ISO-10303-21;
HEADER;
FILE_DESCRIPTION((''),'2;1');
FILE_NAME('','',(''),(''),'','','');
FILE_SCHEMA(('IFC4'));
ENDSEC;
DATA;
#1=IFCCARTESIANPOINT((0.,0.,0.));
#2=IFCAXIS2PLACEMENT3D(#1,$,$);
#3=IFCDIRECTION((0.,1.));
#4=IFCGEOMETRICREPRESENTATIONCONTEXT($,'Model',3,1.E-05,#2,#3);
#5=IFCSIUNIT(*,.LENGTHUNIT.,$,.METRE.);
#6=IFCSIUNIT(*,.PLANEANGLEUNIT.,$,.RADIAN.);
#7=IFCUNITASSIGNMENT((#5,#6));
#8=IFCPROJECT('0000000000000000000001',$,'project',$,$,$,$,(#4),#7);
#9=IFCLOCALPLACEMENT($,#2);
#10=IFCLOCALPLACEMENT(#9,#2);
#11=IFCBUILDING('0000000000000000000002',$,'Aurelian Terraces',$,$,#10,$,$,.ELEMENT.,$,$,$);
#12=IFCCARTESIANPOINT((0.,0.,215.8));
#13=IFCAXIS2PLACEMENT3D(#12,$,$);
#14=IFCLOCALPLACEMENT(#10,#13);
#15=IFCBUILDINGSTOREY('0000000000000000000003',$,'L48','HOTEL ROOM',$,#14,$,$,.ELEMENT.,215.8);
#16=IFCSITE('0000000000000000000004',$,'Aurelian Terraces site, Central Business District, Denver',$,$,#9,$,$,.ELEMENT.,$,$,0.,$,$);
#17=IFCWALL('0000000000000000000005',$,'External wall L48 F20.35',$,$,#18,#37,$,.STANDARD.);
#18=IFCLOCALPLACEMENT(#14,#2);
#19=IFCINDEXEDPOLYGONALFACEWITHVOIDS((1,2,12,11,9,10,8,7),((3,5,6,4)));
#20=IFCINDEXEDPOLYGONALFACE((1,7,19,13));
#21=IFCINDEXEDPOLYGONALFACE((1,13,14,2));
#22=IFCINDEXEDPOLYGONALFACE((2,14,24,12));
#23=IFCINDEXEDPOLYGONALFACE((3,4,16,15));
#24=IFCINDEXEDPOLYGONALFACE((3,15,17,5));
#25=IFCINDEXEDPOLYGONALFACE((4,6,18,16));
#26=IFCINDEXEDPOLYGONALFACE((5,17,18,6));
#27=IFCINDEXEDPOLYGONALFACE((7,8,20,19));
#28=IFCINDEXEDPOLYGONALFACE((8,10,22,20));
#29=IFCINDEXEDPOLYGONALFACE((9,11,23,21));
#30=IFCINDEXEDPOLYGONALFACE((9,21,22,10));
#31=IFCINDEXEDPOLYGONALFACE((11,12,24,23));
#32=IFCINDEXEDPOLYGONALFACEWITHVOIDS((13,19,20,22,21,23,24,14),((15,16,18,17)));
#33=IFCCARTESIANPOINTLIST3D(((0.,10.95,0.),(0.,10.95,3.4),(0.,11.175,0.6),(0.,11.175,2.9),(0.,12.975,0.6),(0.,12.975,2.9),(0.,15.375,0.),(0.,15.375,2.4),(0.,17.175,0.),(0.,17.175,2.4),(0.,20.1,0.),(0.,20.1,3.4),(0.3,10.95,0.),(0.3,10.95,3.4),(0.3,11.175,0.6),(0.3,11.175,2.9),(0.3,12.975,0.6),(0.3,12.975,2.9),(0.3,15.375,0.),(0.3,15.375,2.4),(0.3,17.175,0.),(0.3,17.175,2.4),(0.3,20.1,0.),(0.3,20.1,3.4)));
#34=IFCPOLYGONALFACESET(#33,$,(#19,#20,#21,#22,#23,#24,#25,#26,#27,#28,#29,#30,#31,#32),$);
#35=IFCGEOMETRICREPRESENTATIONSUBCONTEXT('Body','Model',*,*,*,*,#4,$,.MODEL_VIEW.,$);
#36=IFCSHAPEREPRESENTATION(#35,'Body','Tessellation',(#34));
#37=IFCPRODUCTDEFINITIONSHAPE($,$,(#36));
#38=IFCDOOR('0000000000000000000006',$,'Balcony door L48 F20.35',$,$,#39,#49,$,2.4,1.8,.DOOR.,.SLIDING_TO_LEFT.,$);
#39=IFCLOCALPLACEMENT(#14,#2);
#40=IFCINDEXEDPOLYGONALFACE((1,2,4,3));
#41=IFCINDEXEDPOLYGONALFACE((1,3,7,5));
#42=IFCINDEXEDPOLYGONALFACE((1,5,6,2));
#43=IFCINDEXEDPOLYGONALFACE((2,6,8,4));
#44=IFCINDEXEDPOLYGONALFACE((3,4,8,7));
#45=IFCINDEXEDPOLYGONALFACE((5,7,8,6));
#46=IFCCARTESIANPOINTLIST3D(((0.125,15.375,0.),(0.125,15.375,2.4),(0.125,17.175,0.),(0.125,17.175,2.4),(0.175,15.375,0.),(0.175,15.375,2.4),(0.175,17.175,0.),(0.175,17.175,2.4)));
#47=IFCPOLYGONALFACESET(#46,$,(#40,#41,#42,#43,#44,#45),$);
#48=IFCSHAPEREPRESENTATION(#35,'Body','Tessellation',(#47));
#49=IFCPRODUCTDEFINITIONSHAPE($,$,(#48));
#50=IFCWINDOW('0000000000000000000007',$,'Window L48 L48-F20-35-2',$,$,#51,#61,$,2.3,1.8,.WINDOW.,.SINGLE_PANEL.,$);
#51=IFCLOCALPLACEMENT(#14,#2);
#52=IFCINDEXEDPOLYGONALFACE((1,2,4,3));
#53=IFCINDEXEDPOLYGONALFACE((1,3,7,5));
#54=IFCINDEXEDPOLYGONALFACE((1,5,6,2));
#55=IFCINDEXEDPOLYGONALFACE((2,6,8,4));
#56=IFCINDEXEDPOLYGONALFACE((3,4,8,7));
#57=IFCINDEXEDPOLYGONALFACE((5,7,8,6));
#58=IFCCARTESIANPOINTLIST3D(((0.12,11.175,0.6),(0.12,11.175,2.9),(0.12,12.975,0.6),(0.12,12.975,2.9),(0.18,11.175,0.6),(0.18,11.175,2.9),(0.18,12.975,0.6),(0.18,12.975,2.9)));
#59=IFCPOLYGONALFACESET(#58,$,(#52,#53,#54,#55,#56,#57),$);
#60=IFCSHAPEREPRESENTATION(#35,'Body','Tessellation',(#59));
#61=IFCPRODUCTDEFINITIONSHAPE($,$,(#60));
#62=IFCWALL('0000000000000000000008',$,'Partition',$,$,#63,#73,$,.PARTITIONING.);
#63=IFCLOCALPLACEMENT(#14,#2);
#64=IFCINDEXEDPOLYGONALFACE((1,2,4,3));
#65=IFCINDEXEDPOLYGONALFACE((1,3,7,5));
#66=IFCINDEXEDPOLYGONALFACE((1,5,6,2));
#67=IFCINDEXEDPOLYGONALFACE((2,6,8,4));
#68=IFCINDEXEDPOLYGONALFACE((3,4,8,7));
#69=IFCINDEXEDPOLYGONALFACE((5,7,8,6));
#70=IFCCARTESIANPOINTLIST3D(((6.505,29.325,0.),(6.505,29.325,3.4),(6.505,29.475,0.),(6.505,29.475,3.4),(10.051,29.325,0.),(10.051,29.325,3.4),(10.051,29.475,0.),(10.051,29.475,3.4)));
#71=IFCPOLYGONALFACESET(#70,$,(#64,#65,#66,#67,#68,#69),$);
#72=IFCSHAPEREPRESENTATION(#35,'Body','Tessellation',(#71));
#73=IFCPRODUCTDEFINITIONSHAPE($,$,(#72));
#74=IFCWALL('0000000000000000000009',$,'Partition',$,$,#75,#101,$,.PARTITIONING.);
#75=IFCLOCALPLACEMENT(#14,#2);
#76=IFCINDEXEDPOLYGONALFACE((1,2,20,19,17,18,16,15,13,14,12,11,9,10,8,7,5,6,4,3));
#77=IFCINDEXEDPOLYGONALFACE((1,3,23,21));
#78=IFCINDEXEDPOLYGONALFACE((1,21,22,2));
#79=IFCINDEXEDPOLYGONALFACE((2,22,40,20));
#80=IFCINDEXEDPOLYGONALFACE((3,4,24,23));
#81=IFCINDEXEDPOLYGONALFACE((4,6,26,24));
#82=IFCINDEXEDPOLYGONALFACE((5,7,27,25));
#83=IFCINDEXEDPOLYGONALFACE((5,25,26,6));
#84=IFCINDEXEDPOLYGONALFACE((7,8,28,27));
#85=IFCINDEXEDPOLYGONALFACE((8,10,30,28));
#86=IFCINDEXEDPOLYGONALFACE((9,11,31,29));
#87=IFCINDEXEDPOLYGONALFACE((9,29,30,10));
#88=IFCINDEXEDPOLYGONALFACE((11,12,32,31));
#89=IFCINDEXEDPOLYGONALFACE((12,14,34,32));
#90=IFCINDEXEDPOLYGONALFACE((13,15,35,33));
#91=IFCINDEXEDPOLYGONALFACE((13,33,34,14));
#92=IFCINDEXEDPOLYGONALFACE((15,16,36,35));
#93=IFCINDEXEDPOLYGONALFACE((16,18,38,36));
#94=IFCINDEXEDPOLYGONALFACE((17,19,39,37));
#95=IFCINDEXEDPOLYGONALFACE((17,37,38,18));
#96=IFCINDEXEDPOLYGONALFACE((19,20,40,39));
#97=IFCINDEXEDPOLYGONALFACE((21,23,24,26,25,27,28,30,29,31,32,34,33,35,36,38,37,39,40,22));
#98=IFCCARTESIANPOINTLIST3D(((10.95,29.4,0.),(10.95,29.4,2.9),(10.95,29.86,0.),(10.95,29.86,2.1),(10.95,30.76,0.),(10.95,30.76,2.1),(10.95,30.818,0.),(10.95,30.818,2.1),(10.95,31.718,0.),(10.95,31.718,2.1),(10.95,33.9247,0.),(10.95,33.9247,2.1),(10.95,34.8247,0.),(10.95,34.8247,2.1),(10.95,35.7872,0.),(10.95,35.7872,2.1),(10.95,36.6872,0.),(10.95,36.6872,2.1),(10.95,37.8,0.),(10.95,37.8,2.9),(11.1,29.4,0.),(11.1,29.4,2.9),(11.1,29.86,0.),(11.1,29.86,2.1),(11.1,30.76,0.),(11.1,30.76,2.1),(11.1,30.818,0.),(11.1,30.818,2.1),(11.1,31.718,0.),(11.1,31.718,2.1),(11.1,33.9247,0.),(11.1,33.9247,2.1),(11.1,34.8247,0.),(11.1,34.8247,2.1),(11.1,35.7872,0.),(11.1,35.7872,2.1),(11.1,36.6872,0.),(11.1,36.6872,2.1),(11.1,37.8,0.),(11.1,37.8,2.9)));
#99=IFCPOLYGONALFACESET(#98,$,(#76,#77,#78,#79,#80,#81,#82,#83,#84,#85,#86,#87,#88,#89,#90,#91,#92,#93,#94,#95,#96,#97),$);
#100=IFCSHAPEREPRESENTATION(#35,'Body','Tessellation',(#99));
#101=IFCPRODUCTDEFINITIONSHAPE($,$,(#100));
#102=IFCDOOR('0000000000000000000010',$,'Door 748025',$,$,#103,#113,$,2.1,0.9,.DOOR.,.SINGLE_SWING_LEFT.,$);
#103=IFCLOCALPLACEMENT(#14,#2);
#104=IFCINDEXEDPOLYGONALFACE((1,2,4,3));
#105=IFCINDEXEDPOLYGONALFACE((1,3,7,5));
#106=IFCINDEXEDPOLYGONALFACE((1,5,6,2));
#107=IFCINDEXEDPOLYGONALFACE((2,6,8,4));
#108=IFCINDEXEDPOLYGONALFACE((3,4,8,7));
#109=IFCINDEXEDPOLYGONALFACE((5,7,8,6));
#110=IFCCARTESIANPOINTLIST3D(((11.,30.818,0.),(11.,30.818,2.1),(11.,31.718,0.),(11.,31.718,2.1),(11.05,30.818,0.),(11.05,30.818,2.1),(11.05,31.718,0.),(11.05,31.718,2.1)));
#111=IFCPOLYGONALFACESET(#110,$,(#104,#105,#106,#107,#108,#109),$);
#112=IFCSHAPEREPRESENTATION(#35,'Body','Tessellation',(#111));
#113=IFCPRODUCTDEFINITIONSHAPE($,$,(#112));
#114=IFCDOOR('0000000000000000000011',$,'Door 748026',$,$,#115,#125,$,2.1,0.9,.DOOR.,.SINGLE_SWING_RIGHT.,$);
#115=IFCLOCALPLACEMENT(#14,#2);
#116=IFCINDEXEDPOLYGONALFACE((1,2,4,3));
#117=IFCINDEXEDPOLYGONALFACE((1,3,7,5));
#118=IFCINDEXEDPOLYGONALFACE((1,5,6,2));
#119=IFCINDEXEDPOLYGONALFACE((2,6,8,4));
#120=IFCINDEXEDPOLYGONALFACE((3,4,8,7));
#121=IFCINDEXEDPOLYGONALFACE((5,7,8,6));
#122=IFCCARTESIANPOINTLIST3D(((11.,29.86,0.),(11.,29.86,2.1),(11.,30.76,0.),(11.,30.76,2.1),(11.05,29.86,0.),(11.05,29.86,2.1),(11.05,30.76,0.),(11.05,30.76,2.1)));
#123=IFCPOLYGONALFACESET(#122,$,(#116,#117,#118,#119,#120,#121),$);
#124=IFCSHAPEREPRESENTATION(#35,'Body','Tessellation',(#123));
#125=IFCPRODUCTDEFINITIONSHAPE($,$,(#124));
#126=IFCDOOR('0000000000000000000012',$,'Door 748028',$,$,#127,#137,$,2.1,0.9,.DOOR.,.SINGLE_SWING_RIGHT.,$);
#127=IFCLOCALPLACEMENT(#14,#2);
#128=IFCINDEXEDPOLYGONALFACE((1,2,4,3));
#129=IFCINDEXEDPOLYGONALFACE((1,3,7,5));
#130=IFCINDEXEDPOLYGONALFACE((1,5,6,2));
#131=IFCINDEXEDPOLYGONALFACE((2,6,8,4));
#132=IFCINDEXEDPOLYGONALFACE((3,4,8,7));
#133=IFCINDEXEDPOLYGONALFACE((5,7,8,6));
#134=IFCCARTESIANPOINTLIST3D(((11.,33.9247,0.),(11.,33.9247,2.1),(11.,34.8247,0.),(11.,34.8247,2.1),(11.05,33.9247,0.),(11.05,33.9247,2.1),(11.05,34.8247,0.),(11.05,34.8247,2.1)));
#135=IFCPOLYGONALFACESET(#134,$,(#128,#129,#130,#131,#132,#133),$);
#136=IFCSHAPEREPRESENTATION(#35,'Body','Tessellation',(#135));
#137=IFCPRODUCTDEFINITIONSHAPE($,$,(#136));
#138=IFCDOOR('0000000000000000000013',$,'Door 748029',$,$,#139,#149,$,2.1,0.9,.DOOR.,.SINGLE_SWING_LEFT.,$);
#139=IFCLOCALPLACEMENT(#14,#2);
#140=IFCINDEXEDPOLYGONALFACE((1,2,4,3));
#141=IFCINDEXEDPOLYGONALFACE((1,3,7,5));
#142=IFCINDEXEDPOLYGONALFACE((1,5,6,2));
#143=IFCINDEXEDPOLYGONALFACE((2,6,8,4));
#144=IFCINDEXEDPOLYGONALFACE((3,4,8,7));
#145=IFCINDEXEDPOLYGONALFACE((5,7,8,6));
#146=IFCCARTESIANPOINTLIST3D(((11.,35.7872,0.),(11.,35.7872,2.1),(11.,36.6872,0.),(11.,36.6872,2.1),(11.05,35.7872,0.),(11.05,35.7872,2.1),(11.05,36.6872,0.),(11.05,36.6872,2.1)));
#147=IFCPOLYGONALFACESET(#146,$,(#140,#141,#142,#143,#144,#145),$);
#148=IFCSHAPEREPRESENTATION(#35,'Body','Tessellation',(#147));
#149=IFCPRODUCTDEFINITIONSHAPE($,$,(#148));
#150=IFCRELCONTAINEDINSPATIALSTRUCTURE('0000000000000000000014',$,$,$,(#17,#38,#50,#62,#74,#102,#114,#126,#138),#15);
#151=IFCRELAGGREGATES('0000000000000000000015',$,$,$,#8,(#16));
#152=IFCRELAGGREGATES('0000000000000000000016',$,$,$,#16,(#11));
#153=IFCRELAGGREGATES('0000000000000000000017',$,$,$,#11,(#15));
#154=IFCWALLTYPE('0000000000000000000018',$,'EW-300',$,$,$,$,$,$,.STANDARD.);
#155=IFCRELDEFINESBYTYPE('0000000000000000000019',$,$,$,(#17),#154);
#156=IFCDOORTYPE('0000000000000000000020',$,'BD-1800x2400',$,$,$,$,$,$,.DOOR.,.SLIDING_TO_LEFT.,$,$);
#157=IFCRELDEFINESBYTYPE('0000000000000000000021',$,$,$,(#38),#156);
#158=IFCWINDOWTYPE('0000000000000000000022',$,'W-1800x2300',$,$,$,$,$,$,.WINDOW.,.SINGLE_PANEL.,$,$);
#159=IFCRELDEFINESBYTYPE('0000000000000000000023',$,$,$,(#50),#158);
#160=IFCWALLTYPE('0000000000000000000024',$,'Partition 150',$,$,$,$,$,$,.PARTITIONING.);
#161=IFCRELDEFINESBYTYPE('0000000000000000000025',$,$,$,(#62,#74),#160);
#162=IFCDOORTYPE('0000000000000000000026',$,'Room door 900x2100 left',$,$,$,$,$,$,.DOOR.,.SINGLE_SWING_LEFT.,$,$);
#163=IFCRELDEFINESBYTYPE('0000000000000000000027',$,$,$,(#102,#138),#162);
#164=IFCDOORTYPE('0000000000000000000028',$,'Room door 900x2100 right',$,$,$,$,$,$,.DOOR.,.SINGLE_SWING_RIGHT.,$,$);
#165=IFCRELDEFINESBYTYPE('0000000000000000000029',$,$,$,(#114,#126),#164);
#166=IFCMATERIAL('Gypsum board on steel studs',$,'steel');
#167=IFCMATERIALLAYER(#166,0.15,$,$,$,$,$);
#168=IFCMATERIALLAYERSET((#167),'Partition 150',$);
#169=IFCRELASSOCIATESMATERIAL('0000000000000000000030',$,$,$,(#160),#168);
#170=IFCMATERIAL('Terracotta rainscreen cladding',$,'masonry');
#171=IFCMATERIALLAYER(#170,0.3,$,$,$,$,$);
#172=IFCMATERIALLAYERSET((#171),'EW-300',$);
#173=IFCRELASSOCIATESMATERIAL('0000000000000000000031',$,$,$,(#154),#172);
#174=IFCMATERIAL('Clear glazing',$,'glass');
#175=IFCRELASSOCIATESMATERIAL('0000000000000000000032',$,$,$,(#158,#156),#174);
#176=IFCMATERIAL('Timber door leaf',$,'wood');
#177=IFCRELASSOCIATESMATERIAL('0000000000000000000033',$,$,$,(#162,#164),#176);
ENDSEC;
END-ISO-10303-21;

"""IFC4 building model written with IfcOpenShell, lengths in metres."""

from ifc_helpers import new_model, si_unit, direction, frame, frame_2d, origin, place, context, subcontext, project, spatial, rectangle, extrude, source, transform, mapped, material, layer, layer_set, type_object, element, fill, save


model = new_model("IFC4")

# Units and contexts
model_context = context("Model", 3, precision=1e-05, world=origin(), true_north=direction((0.0, 1.0)))
body_context = subcontext(model_context, "Body", "Model", "MODEL_VIEW")
ifc_project = project(units=[si_unit("LENGTHUNIT", "METRE"), si_unit("PLANEANGLEUNIT", "RADIAN")], contexts=[model_context])

# Site, building, storey
site_placement = place(None, origin())
site = spatial("IfcSite", under=ifc_project, at=site_placement, Name="Aurelian Terraces site, Central Business District, Denver", CompositionType="ELEMENT", RefElevation=0.0)
building_placement = place(site_placement, origin())
building = spatial("IfcBuilding", under=site, at=building_placement, Name="Aurelian Terraces", CompositionType="ELEMENT")
storey_placement = place(building_placement, frame((0.0, 0.0, 215.8)))
storey = spatial("IfcBuildingStorey", under=building, at=storey_placement, Name="L48", Description="HOTEL ROOM", CompositionType="ELEMENT", Elevation=215.8)

# Shared definitions
ifc_material_1 = material(Name="Gypsum board on steel studs", Category="steel")
ifc_layer_1 = layer(ifc_material_1, 0.15)
ifc_layer_set_1 = layer_set([ifc_layer_1], Name="Partition 150")
wall_type_1 = type_object("IfcWallType", Name="Partition 150", PredefinedType="PARTITIONING", material=ifc_layer_set_1)

# Shared definitions
ifc_material_2 = material(Name="Terracotta rainscreen cladding", Category="masonry")
ifc_layer_2 = layer(ifc_material_2, 0.3)
ifc_layer_set_2 = layer_set([ifc_layer_2], Name="EW-300")
wall_type_2 = type_object("IfcWallType", Name="EW-300", PredefinedType="STANDARD", material=ifc_layer_set_2)
shared_shape_1 = source(origin(), body_context, "Body", "SweptSolid", [
    extrude(rectangle(XDim=1.8, YDim=2.3, at=frame_2d((0.9, 1.15))), frame((0.0, 0.16, 0.0), z_axis=(0.0, -1.0, 0.0), x_axis=(1.0, 0.0, 0.0)), (0.0, 0.0, 1.0), 0.32),
])
ifc_material_3 = material(Name="Clear glazing", Category="glass")
window_type = type_object("IfcWindowType", Name="W-1800x2300", PartitioningType="SINGLE_PANEL", PredefinedType="WINDOW", material=ifc_material_3)
shared_shape_2 = source(origin(), body_context, "Body", "SweptSolid", [
    extrude(rectangle(XDim=1.8, YDim=2.3, at=frame_2d((0.9, 1.15))), frame((0.0, 0.03, 0.0), z_axis=(0.0, -1.0, 0.0), x_axis=(1.0, 0.0, 0.0)), (0.0, 0.0, 1.0), 0.06),
])

# Wall, openings, door, window
shared_shape_3 = source(origin(), body_context, "Body", "SweptSolid", [
    extrude(rectangle(XDim=9.15, YDim=0.3, at=frame_2d((4.575, 0.0))), origin(), (0.0, 0.0, 1.0), 3.4),
])
wall_1_placement = place(storey_placement, frame((0.15, 20.1, 0.0), z_axis=(0.0, 0.0, 1.0), x_axis=(0.0, -1.0, 0.0)))
wall_1 = element("IfcWall", 1, at=wall_1_placement, inside=storey, type_object=wall_type_2, Name="External wall L48 F20.35", PredefinedType="STANDARD", context=body_context, shape_type="MappedRepresentation", body=[
    mapped(shared_shape_3, transform((0.0, 0.0, 0.0), scale=1.0)),
])
shared_shape_4 = source(origin(), body_context, "Body", "SweptSolid", [
    extrude(rectangle(XDim=1.8, YDim=2.4, at=frame_2d((0.9, 1.2))), frame((0.0, 0.16, 0.0), z_axis=(0.0, -1.0, 0.0), x_axis=(1.0, 0.0, 0.0)), (0.0, 0.0, 1.0), 0.32),
])
opening_1_placement = place(wall_1_placement, frame((2.925, 0.0, 0.0)))
opening_1 = element("IfcOpeningElement", 2, at=opening_1_placement, cuts=wall_1, PredefinedType="OPENING", context=body_context, shape_type="MappedRepresentation", body=[
    mapped(shared_shape_4, transform((0.0, 0.0, 0.0), scale=1.0)),
])
opening_2_placement = place(wall_1_placement, frame((7.125, 0.0, 0.6)))
opening_2 = element("IfcOpeningElement", 3, at=opening_2_placement, cuts=wall_1, PredefinedType="OPENING", context=body_context, shape_type="MappedRepresentation", body=[
    mapped(shared_shape_1, transform((0.0, 0.0, 0.0), scale=1.0)),
])
door_type_1 = type_object("IfcDoorType", Name="BD-1800x2400", OperationType="SLIDING_TO_LEFT", PredefinedType="DOOR", material=ifc_material_3)
shared_shape_5 = source(origin(), body_context, "Body", "SweptSolid", [
    extrude(rectangle(XDim=1.8, YDim=2.4, at=frame_2d((0.9, 1.2))), frame((0.0, 0.025, 0.0), z_axis=(0.0, -1.0, 0.0), x_axis=(1.0, 0.0, 0.0)), (0.0, 0.0, 1.0), 0.05),
])
door_1_placement = place(opening_1_placement, origin())
door_1 = element("IfcDoor", 4, at=door_1_placement, inside=storey, type_object=door_type_1, Name="Balcony door L48 F20.35", OperationType="SLIDING_TO_LEFT", OverallHeight=2.4, OverallWidth=1.8, PredefinedType="DOOR", context=body_context, shape_type="MappedRepresentation", body=[
    mapped(shared_shape_5, transform((0.0, 0.0, 0.0), scale=1.0)),
])
fill(opening_1, door_1)
window_1_placement = place(opening_2_placement, origin())
window_1 = element("IfcWindow", 5, at=window_1_placement, inside=storey, type_object=window_type, Name="Window L48 L48-F20-35-2", OverallHeight=2.3, OverallWidth=1.8, PartitioningType="SINGLE_PANEL", PredefinedType="WINDOW", context=body_context, shape_type="MappedRepresentation", body=[
    mapped(shared_shape_2, transform((0.0, 0.0, 0.0), scale=1.0)),
])
fill(opening_2, window_1)

# Wall
shared_shape_6 = source(origin(), body_context, "Body", "SweptSolid", [
    extrude(rectangle(XDim=3.546, YDim=0.15, at=frame_2d((1.773, 0.0))), origin(), (0.0, 0.0, 1.0), 3.4),
])
wall_2_placement = place(storey_placement, frame((10.051, 29.4, 0.0), z_axis=(0.0, 0.0, 1.0), x_axis=(-1.0, 0.0, 0.0)))
element("IfcWall", 6, at=wall_2_placement, inside=storey, type_object=wall_type_1, Name="Partition", PredefinedType="PARTITIONING", context=body_context, shape_type="MappedRepresentation", body=[
    mapped(shared_shape_6, transform((0.0, 0.0, 0.0), scale=1.0)),
])

# Wall, openings, doors
shared_shape_7 = source(origin(), body_context, "Body", "SweptSolid", [
    extrude(rectangle(XDim=8.4, YDim=0.15, at=frame_2d((4.2, 0.0))), origin(), (0.0, 0.0, 1.0), 2.9),
])
wall_3_placement = place(storey_placement, frame((11.025, 29.4, 0.0), z_axis=(0.0, 0.0, 1.0), x_axis=(0.0, 1.0, 0.0)))
wall_3 = element("IfcWall", 7, at=wall_3_placement, inside=storey, type_object=wall_type_1, Name="Partition", PredefinedType="PARTITIONING", context=body_context, shape_type="MappedRepresentation", body=[
    mapped(shared_shape_7, transform((0.0, 0.0, 0.0), scale=1.0)),
])
shared_shape_8 = source(origin(), body_context, "Body", "SweptSolid", [
    extrude(rectangle(XDim=0.9, YDim=2.1, at=frame_2d((0.45, 1.05))), frame((0.0, 0.085, 0.0), z_axis=(0.0, -1.0, 0.0), x_axis=(1.0, 0.0, 0.0)), (0.0, 0.0, 1.0), 0.17),
])
opening_3_placement = place(wall_3_placement, frame((1.418, 0.0, 0.0)))
opening_3 = element("IfcOpeningElement", 8, at=opening_3_placement, cuts=wall_3, PredefinedType="OPENING", context=body_context, shape_type="MappedRepresentation", body=[
    mapped(shared_shape_8, transform((0.0, 0.0, 0.0), scale=1.0)),
])
opening_4_placement = place(wall_3_placement, frame((0.46, 0.0, 0.0)))
opening_4 = element("IfcOpeningElement", 9, at=opening_4_placement, cuts=wall_3, PredefinedType="OPENING", context=body_context, shape_type="MappedRepresentation", body=[
    mapped(shared_shape_8, transform((0.0, 0.0, 0.0), scale=1.0)),
])
opening_5_placement = place(wall_3_placement, frame((4.5247, 0.0, 0.0)))
opening_5 = element("IfcOpeningElement", 10, at=opening_5_placement, cuts=wall_3, PredefinedType="OPENING", context=body_context, shape_type="MappedRepresentation", body=[
    mapped(shared_shape_8, transform((0.0, 0.0, 0.0), scale=1.0)),
])
opening_6_placement = place(wall_3_placement, frame((6.3872, 0.0, 0.0)))
opening_6 = element("IfcOpeningElement", 11, at=opening_6_placement, cuts=wall_3, PredefinedType="OPENING", context=body_context, shape_type="MappedRepresentation", body=[
    mapped(shared_shape_8, transform((0.0, 0.0, 0.0), scale=1.0)),
])
ifc_material_4 = material(Name="Timber door leaf", Category="wood")
door_type_2 = type_object("IfcDoorType", Name="Room door 900x2100 left", OperationType="SINGLE_SWING_LEFT", PredefinedType="DOOR", material=ifc_material_4)
shared_shape_9 = source(origin(), body_context, "Body", "SweptSolid", [
    extrude(rectangle(XDim=0.9, YDim=2.1, at=frame_2d((0.45, 1.05))), frame((0.0, 0.025, 0.0), z_axis=(0.0, -1.0, 0.0), x_axis=(1.0, 0.0, 0.0)), (0.0, 0.0, 1.0), 0.05),
])
door_2_placement = place(opening_3_placement, origin())
door_2 = element("IfcDoor", 12, at=door_2_placement, inside=storey, type_object=door_type_2, Name="Door 748025", OperationType="SINGLE_SWING_LEFT", OverallHeight=2.1, OverallWidth=0.9, PredefinedType="DOOR", context=body_context, shape_type="MappedRepresentation", body=[
    mapped(shared_shape_9, transform((0.0, 0.0, 0.0), scale=1.0)),
])
fill(opening_3, door_2)
door_type_3 = type_object("IfcDoorType", Name="Room door 900x2100 right", OperationType="SINGLE_SWING_RIGHT", PredefinedType="DOOR", material=ifc_material_4)
door_3_placement = place(opening_4_placement, origin())
door_3 = element("IfcDoor", 13, at=door_3_placement, inside=storey, type_object=door_type_3, Name="Door 748026", OperationType="SINGLE_SWING_RIGHT", OverallHeight=2.1, OverallWidth=0.9, PredefinedType="DOOR", context=body_context, shape_type="MappedRepresentation", body=[
    mapped(shared_shape_9, transform((0.0, 0.0, 0.0), scale=1.0)),
])
fill(opening_4, door_3)
door_4_placement = place(opening_5_placement, origin())
door_4 = element("IfcDoor", 14, at=door_4_placement, inside=storey, type_object=door_type_3, Name="Door 748028", OperationType="SINGLE_SWING_RIGHT", OverallHeight=2.1, OverallWidth=0.9, PredefinedType="DOOR", context=body_context, shape_type="MappedRepresentation", body=[
    mapped(shared_shape_9, transform((0.0, 0.0, 0.0), scale=1.0)),
])
fill(opening_5, door_4)
door_5_placement = place(opening_6_placement, origin())
door_5 = element("IfcDoor", 15, at=door_5_placement, inside=storey, type_object=door_type_2, Name="Door 748029", OperationType="SINGLE_SWING_LEFT", OverallHeight=2.1, OverallWidth=0.9, PredefinedType="DOOR", context=body_context, shape_type="MappedRepresentation", body=[
    mapped(shared_shape_9, transform((0.0, 0.0, 0.0), scale=1.0)),
])
fill(opening_6, door_5)

save(model, "model.ifc")
